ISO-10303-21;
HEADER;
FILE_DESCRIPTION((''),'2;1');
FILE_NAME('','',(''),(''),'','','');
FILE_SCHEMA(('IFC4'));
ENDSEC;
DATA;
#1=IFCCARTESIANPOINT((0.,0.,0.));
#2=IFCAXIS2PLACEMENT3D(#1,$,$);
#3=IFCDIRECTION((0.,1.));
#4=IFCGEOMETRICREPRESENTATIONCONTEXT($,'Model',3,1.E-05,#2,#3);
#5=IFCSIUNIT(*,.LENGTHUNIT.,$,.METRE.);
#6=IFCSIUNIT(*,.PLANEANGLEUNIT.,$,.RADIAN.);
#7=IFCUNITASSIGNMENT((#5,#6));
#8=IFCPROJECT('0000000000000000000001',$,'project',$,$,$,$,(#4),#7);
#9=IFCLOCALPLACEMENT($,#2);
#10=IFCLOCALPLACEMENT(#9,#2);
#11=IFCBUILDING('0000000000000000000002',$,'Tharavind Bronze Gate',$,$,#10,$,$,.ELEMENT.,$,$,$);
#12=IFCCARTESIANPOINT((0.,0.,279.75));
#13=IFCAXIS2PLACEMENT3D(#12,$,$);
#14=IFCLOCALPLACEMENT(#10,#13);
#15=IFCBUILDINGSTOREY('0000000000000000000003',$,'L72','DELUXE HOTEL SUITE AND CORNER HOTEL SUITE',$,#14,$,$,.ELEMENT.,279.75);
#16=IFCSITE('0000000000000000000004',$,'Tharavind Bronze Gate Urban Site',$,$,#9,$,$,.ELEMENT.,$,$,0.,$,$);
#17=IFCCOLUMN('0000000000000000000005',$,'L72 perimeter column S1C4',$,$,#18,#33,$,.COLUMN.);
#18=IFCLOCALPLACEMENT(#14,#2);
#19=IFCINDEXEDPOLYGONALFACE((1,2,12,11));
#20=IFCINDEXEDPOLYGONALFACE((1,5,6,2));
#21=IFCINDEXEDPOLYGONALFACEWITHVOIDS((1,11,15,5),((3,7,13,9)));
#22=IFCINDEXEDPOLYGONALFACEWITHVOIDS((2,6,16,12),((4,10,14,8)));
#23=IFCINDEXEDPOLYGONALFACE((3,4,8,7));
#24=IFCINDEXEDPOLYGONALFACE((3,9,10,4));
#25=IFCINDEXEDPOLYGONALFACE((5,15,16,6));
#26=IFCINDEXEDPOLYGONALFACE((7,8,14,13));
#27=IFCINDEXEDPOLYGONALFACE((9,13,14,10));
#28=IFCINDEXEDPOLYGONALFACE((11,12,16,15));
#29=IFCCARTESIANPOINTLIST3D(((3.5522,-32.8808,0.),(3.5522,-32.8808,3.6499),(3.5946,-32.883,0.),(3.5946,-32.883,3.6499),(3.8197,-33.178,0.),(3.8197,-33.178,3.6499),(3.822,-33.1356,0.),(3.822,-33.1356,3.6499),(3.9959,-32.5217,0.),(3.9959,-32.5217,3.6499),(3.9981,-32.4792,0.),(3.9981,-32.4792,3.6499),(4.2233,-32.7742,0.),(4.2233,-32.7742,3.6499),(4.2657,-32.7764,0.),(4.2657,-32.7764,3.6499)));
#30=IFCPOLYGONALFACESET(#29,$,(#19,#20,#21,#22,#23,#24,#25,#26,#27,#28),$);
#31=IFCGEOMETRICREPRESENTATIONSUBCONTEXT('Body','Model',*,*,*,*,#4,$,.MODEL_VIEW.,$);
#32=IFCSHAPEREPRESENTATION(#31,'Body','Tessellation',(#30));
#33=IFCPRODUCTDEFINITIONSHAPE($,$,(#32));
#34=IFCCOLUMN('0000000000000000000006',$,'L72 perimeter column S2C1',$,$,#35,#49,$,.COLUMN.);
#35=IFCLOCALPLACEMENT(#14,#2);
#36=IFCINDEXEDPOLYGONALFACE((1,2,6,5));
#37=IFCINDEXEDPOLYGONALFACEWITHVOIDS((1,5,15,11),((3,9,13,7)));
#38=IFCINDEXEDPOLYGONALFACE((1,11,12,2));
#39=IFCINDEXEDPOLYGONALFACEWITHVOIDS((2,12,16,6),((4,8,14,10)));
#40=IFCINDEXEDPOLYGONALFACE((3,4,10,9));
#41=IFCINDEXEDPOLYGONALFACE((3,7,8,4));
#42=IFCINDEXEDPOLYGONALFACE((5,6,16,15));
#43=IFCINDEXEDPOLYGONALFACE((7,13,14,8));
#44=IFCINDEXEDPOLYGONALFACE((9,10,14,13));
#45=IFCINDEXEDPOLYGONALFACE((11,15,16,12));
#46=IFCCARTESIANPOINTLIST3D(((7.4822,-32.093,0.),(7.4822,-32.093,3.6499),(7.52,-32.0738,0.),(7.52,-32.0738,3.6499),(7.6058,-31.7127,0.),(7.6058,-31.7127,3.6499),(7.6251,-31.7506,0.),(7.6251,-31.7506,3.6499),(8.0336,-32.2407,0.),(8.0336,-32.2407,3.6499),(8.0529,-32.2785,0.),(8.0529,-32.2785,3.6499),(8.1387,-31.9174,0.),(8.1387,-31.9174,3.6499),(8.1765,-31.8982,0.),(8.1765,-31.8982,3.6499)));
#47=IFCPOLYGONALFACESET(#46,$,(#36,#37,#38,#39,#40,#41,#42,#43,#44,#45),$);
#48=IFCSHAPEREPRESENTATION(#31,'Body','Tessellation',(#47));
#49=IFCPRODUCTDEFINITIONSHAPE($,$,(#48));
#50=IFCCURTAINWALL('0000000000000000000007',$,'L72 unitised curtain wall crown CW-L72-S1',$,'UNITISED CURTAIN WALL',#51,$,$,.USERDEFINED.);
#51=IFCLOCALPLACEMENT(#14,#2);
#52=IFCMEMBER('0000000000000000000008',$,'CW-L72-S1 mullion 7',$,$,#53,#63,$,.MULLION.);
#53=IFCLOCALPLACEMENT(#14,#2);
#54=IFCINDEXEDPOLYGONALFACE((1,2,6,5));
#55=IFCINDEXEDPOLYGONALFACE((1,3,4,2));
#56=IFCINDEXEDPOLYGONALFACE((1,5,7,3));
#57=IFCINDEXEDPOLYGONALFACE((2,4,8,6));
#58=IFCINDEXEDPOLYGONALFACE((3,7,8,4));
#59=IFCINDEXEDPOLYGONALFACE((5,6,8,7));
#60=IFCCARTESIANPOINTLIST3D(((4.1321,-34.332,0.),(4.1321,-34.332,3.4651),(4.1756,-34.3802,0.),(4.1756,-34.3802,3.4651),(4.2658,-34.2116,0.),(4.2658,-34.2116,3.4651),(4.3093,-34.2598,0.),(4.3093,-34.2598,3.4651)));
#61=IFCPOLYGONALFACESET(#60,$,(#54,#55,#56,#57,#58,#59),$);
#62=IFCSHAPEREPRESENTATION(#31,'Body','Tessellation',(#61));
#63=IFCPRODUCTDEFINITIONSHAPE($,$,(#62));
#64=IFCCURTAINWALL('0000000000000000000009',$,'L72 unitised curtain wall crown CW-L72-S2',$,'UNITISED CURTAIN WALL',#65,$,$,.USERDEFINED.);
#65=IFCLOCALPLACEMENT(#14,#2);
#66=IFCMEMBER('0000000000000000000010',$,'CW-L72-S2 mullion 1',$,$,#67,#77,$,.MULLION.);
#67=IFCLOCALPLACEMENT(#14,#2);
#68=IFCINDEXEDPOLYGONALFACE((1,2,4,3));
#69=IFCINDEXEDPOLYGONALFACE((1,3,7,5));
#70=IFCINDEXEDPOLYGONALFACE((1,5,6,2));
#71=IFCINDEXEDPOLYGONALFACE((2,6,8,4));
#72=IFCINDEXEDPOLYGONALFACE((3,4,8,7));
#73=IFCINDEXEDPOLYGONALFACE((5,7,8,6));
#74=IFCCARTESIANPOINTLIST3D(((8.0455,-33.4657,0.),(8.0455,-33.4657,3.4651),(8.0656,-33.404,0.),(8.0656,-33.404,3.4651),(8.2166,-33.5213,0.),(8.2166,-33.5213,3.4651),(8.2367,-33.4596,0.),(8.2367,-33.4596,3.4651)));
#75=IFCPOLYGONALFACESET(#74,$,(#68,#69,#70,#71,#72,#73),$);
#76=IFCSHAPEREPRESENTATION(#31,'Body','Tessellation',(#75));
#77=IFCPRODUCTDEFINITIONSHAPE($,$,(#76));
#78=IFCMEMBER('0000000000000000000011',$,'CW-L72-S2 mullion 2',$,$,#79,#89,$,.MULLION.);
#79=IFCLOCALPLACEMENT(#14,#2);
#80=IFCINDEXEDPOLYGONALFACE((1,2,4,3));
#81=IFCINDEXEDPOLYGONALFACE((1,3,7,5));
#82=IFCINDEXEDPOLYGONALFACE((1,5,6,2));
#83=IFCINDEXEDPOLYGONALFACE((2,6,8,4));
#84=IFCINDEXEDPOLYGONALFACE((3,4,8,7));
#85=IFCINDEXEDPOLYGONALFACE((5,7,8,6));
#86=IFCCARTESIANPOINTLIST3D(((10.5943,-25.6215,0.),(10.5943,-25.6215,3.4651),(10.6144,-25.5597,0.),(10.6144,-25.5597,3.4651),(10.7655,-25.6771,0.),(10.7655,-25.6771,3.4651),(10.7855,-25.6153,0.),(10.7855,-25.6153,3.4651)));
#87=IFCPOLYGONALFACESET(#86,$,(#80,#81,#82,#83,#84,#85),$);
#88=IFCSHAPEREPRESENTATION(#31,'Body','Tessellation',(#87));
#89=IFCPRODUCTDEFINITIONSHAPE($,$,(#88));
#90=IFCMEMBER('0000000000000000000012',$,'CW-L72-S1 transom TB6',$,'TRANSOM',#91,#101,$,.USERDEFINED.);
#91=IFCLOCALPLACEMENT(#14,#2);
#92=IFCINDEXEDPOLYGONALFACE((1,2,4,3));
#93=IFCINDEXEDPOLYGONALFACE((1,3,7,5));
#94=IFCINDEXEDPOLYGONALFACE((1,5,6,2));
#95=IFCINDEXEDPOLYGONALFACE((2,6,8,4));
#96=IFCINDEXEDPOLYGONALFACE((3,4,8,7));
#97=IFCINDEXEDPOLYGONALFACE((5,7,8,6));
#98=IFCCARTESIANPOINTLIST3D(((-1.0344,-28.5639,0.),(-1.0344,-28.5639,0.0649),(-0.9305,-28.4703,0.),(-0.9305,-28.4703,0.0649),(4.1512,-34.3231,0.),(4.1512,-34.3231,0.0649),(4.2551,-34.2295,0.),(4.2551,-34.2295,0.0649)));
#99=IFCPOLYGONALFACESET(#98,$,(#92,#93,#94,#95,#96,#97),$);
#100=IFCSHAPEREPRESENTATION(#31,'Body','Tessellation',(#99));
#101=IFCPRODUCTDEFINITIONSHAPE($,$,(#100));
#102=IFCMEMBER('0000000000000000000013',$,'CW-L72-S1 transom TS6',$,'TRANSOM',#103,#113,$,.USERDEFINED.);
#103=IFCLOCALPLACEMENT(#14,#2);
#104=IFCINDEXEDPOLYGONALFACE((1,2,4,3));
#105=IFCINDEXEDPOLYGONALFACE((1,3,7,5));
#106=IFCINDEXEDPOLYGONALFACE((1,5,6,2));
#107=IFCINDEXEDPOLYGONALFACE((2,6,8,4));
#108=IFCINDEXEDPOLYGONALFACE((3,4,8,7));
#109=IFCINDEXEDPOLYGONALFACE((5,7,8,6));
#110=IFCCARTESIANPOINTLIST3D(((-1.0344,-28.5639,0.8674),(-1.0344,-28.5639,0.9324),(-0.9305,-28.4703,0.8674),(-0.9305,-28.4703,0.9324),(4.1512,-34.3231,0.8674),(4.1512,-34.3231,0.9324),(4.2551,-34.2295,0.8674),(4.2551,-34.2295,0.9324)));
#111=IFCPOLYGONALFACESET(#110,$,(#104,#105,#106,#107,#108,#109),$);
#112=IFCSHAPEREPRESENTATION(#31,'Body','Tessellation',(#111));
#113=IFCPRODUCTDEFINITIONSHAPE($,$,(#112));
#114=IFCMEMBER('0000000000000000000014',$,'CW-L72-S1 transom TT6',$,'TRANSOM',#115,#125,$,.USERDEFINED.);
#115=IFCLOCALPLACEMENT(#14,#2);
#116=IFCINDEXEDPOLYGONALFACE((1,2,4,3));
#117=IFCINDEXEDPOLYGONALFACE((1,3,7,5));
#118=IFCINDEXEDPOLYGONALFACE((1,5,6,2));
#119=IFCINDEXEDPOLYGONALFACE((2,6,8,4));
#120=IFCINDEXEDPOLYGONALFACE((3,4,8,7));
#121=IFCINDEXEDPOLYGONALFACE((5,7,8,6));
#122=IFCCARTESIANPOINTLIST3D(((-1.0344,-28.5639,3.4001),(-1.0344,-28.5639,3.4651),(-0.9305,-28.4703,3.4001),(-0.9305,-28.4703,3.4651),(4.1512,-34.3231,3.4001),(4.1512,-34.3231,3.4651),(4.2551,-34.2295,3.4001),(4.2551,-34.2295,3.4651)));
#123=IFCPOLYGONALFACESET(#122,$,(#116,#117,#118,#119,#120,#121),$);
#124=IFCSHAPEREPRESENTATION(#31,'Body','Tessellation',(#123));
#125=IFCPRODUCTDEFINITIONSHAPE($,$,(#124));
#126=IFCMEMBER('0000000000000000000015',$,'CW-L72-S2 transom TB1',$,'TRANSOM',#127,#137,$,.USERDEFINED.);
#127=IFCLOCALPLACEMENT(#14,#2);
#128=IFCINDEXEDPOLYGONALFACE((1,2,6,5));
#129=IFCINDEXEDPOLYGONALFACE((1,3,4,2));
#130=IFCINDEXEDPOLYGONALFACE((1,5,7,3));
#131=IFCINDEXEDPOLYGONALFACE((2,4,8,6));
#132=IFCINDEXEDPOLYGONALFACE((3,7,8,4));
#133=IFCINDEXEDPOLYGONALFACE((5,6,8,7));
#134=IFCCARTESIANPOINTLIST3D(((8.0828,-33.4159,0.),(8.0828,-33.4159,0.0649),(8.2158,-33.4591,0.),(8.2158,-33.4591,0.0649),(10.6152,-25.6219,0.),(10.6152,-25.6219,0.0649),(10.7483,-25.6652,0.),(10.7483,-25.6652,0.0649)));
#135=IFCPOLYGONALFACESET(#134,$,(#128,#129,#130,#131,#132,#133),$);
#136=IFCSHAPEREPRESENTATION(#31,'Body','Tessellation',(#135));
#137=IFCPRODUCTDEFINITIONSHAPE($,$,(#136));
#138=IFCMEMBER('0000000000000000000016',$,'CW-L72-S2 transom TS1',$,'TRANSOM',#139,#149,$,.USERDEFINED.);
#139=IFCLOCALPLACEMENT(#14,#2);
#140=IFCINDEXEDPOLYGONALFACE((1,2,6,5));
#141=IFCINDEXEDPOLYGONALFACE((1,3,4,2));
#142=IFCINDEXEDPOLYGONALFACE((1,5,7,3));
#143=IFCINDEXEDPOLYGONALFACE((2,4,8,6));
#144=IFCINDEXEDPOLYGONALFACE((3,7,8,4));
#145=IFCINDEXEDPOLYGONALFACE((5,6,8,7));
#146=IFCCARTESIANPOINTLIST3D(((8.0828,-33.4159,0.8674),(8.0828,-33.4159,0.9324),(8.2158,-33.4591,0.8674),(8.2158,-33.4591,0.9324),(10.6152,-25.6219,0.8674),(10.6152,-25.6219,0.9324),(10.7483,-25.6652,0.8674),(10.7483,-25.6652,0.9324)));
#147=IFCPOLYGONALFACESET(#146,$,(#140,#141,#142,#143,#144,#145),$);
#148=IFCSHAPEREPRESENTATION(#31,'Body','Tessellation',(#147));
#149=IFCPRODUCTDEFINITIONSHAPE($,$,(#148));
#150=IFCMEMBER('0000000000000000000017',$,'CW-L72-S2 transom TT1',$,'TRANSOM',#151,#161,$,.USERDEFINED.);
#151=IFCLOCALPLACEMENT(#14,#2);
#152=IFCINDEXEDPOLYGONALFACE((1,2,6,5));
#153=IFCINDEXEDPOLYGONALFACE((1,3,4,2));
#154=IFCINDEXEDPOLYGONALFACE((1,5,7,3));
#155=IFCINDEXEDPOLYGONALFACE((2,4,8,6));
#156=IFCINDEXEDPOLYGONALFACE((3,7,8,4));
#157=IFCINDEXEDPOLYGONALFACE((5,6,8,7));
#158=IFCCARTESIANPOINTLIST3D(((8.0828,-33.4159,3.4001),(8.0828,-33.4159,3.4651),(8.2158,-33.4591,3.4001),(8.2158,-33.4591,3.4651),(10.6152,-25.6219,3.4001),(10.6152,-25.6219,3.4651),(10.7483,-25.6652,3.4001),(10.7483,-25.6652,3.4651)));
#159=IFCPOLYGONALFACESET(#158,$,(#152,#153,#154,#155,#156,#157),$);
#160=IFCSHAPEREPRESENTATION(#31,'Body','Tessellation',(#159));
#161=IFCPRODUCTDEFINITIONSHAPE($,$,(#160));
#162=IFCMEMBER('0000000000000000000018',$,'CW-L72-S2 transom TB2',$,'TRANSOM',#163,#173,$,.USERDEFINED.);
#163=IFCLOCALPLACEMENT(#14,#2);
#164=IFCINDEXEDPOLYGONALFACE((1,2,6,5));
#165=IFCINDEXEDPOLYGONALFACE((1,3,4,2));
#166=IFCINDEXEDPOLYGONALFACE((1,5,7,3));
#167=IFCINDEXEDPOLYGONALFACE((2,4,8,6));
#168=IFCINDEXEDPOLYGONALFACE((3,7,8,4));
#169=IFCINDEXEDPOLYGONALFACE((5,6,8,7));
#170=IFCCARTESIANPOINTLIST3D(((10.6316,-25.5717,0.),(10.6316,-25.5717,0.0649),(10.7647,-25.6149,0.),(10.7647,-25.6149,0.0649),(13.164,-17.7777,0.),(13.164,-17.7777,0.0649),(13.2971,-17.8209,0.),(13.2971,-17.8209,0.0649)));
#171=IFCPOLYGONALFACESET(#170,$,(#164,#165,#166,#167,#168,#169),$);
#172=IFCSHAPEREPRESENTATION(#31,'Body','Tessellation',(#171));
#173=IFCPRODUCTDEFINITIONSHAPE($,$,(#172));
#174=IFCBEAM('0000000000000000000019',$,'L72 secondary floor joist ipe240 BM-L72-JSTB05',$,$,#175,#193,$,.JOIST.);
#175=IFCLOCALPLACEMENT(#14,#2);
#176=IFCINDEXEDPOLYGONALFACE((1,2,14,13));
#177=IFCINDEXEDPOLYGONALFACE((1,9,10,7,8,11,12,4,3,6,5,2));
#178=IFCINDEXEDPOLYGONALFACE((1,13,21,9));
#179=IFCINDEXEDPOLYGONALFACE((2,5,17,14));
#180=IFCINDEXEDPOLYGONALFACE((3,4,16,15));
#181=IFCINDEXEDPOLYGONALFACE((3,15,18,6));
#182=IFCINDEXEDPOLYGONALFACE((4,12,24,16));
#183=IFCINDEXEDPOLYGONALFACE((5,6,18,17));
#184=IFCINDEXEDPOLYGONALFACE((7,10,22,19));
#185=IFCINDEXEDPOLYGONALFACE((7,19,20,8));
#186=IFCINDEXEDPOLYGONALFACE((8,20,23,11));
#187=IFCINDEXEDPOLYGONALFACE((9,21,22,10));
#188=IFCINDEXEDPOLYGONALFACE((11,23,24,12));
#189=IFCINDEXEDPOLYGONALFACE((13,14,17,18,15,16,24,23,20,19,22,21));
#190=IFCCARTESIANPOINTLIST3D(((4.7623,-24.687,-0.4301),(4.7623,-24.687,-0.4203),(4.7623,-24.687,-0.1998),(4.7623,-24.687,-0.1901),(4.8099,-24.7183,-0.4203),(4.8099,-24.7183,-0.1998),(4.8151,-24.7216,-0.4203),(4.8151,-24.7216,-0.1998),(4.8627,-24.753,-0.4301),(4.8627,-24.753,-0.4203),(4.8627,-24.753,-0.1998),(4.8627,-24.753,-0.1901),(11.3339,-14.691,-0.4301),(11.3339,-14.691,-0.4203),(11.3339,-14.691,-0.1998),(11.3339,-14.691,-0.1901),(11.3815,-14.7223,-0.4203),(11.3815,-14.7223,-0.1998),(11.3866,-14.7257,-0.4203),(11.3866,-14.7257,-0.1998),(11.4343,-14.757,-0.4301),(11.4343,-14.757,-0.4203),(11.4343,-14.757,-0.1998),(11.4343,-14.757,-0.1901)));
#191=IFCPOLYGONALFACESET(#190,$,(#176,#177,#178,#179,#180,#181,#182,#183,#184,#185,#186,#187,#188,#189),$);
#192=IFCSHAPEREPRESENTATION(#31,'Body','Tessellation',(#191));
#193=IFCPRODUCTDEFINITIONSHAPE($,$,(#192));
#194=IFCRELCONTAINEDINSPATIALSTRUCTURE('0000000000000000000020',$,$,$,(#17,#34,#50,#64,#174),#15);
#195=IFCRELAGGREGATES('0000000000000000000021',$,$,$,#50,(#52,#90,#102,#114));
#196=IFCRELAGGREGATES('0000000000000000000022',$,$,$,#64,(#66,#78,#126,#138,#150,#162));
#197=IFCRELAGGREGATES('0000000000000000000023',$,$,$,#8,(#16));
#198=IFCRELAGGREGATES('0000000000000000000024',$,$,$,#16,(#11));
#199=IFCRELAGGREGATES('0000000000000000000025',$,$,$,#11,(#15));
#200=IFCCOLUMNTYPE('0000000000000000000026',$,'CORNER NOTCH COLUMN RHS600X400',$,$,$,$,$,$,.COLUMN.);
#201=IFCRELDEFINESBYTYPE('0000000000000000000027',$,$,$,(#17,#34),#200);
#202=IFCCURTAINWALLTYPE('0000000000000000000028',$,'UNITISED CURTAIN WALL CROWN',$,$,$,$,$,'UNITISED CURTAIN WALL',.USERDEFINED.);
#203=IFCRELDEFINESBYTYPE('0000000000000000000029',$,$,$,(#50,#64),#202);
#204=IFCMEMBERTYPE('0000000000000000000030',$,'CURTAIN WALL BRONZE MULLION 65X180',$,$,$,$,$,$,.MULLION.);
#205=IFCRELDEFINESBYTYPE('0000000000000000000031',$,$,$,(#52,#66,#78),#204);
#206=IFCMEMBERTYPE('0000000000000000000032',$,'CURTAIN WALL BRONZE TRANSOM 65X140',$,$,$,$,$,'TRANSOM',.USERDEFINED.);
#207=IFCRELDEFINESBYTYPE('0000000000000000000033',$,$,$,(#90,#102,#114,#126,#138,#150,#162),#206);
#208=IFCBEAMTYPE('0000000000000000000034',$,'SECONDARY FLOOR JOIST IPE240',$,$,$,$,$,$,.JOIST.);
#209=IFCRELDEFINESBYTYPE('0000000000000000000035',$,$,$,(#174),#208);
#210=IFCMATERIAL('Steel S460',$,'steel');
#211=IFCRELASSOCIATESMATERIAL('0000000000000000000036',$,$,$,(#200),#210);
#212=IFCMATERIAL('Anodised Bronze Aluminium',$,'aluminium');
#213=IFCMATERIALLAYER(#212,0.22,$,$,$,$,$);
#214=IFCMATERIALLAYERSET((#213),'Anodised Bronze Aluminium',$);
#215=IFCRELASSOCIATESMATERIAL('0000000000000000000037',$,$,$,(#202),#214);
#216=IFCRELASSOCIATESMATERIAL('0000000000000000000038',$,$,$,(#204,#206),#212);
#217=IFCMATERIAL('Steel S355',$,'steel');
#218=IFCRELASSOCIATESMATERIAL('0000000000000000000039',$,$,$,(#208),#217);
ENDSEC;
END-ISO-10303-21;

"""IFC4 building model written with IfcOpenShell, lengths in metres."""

from ifc_helpers import new_model, si_unit, direction, frame, origin, origin_2d, place, context, subcontext, project, spatial, rectangle, hollow_rectangle, i_section, extrude, material, layer, layer_set, material_profile, profile_set, type_object, element, aggregate, save


model = new_model("IFC4")

# Units and contexts
model_context = context("Model", 3, precision=1e-05, world=origin(), true_north=direction((0.0, 1.0)))
body_context = subcontext(model_context, "Body", "Model", "MODEL_VIEW")
ifc_project = project(units=[si_unit("LENGTHUNIT", "METRE"), si_unit("PLANEANGLEUNIT", "RADIAN")], contexts=[model_context])

# Site, building, storey
site_placement = place(None, origin())
site = spatial("IfcSite", under=ifc_project, at=site_placement, Name="Tharavind Bronze Gate Urban Site", CompositionType="ELEMENT", RefElevation=0.0)
building_placement = place(site_placement, origin())
building = spatial("IfcBuilding", under=site, at=building_placement, Name="Tharavind Bronze Gate", CompositionType="ELEMENT")
storey_placement = place(building_placement, frame((0.0, 0.0, 279.75)))
storey = spatial("IfcBuildingStorey", under=building, at=storey_placement, Name="L72", Description="DELUXE HOTEL SUITE AND CORNER HOTEL SUITE", CompositionType="ELEMENT", Elevation=279.75)

# Columns
ifc_material_1 = material(Name="Steel S460", Category="steel")
ifc_material_profile_1 = material_profile(ifc_material_1, hollow_rectangle(XDim=0.3999, YDim=0.6001, WallThickness=0.03, at=origin_2d()), Name="RHS600X400X30")
ifc_profile_set_1 = profile_set([ifc_material_profile_1], Name="Steel S460")
column_type = type_object("IfcColumnType", Name="CORNER NOTCH COLUMN RHS600X400", PredefinedType="COLUMN", material=ifc_profile_set_1)
for number, where, z_axis, x_axis, name in (
    (1, (3.9089, -32.8286, 0.0), (0.0, 0.0, 1.0), (-0.669131, 0.743145, 0.0), "L72 perimeter column S1C4"),
    (2, (7.8293, -31.9956, 0.0), (0.0, 0.0, 1.0), (0.309019, 0.951056, 0.0), "L72 perimeter column S2C1"),
):
    element("IfcColumn", number, at=place(storey_placement, frame(where, z_axis=z_axis, x_axis=x_axis)), inside=storey, type_object=column_type, Name=name, PredefinedType="COLUMN", context=body_context, shape_type="SweptSolid", body=[
        extrude(hollow_rectangle(XDim=0.3999, YDim=0.6001, WallThickness=0.03, at=origin_2d()), origin(), (0.0, 0.0, 1.0), 3.6499),
    ])

# Curtain wall, member
ifc_material_2 = material(Name="Anodised Bronze Aluminium", Category="aluminium")
ifc_layer_1 = layer(ifc_material_2, 0.22)
ifc_layer_set_1 = layer_set([ifc_layer_1], Name="Anodised Bronze Aluminium")
curtain_wall_type = type_object("IfcCurtainWallType", Name="UNITISED CURTAIN WALL CROWN", ElementType="UNITISED CURTAIN WALL", PredefinedType="USERDEFINED", material=ifc_layer_set_1)
curtain_wall_1_placement = place(storey_placement, origin())
curtain_wall_1 = element("IfcCurtainWall", 3, at=curtain_wall_1_placement, inside=storey, type_object=curtain_wall_type, Name="L72 unitised curtain wall crown CW-L72-S1", ObjectType="UNITISED CURTAIN WALL", PredefinedType="USERDEFINED")
member_type_1 = type_object("IfcMemberType", Name="CURTAIN WALL BRONZE MULLION 65X180", PredefinedType="MULLION", material=ifc_material_2)
member_1_placement = place(storey_placement, frame((4.2207, -34.2959, 0.0), z_axis=(0.0, 0.0, 1.0), x_axis=(0.669131, -0.743145, 0.0)))
member_1 = element("IfcMember", 4, at=member_1_placement, type_object=member_type_1, Name="CW-L72-S1 mullion 7", PredefinedType="MULLION", context=body_context, shape_type="SweptSolid", body=[
    extrude(rectangle(XDim=0.0649, YDim=0.1799, at=origin_2d()), origin(), (0.0, 0.0, 1.0), 3.4651),
])

# Curtain wall, members
curtain_wall_2_placement = place(storey_placement, origin())
curtain_wall_2 = element("IfcCurtainWall", 5, at=curtain_wall_2_placement, inside=storey, type_object=curtain_wall_type, Name="L72 unitised curtain wall crown CW-L72-S2", ObjectType="UNITISED CURTAIN WALL", PredefinedType="USERDEFINED")
member_2_placement = place(storey_placement, frame((8.1411, -33.4626, 0.0), z_axis=(0.0, 0.0, 1.0), x_axis=(0.309017, 0.951057, 0.0)))
member_2 = element("IfcMember", 6, at=member_2_placement, type_object=member_type_1, Name="CW-L72-S2 mullion 1", PredefinedType="MULLION", context=body_context, shape_type="SweptSolid", body=[
    extrude(rectangle(XDim=0.0649, YDim=0.1799, at=origin_2d()), origin(), (0.0, 0.0, 1.0), 3.4651),
])
member_3_placement = place(storey_placement, frame((10.6899, -25.6184, 0.0), z_axis=(0.0, 0.0, 1.0), x_axis=(0.309017, 0.951057, 0.0)))
member_3 = element("IfcMember", 7, at=member_3_placement, type_object=member_type_1, Name="CW-L72-S2 mullion 2", PredefinedType="MULLION", context=body_context, shape_type="SweptSolid", body=[
    extrude(rectangle(XDim=0.0649, YDim=0.1799, at=origin_2d()), origin(), (0.0, 0.0, 1.0), 3.4651),
])

# Members
member_type_2 = type_object("IfcMemberType", Name="CURTAIN WALL BRONZE TRANSOM 65X140", ElementType="TRANSOM", PredefinedType="USERDEFINED", material=ifc_material_2)
member_4_placement = place(storey_placement, frame((1.6104, -31.3967, 0.0), z_axis=(0.0, 0.0, 1.0), x_axis=(0.669131, -0.743145, 0.0)))
member_4 = element("IfcMember", 8, at=member_4_placement, type_object=member_type_2, Name="CW-L72-S1 transom TB6", ObjectType="TRANSOM", PredefinedType="USERDEFINED", context=body_context, shape_type="SweptSolid", body=[
    extrude(rectangle(XDim=7.7498, YDim=0.1399, at=origin_2d()), origin(), (0.0, 0.0, 1.0), 0.0649),
])
member_5_placement = place(storey_placement, frame((1.6104, -31.3967, 0.8674), z_axis=(0.0, 0.0, 1.0), x_axis=(0.669131, -0.743145, 0.0)))
member_5 = element("IfcMember", 9, at=member_5_placement, type_object=member_type_2, Name="CW-L72-S1 transom TS6", ObjectType="TRANSOM", PredefinedType="USERDEFINED", context=body_context, shape_type="SweptSolid", body=[
    extrude(rectangle(XDim=7.7498, YDim=0.1399, at=origin_2d()), origin(), (0.0, 0.0, 1.0), 0.0649),
])
member_6_placement = place(storey_placement, frame((1.6104, -31.3967, 3.4001), z_axis=(0.0, 0.0, 1.0), x_axis=(0.669131, -0.743145, 0.0)))
member_6 = element("IfcMember", 10, at=member_6_placement, type_object=member_type_2, Name="CW-L72-S1 transom TT6", ObjectType="TRANSOM", PredefinedType="USERDEFINED", context=body_context, shape_type="SweptSolid", body=[
    extrude(rectangle(XDim=7.7498, YDim=0.1399, at=origin_2d()), origin(), (0.0, 0.0, 1.0), 0.0649),
])
member_7_placement = place(storey_placement, frame((9.4155, -29.5405, 0.0), z_axis=(0.0, 0.0, 1.0), x_axis=(0.309017, 0.951057, 0.0)))
member_7 = element("IfcMember", 11, at=member_7_placement, type_object=member_type_2, Name="CW-L72-S2 transom TB1", ObjectType="TRANSOM", PredefinedType="USERDEFINED", context=body_context, shape_type="SweptSolid", body=[
    extrude(rectangle(XDim=8.1951, YDim=0.1399, at=origin_2d()), origin(), (0.0, 0.0, 1.0), 0.0649),
])
member_8_placement = place(storey_placement, frame((9.4155, -29.5405, 0.8674), z_axis=(0.0, 0.0, 1.0), x_axis=(0.309017, 0.951057, 0.0)))
member_8 = element("IfcMember", 12, at=member_8_placement, type_object=member_type_2, Name="CW-L72-S2 transom TS1", ObjectType="TRANSOM", PredefinedType="USERDEFINED", context=body_context, shape_type="SweptSolid", body=[
    extrude(rectangle(XDim=8.1951, YDim=0.1399, at=origin_2d()), origin(), (0.0, 0.0, 1.0), 0.0649),
])
member_9_placement = place(storey_placement, frame((9.4155, -29.5405, 3.4001), z_axis=(0.0, 0.0, 1.0), x_axis=(0.309017, 0.951057, 0.0)))
member_9 = element("IfcMember", 13, at=member_9_placement, type_object=member_type_2, Name="CW-L72-S2 transom TT1", ObjectType="TRANSOM", PredefinedType="USERDEFINED", context=body_context, shape_type="SweptSolid", body=[
    extrude(rectangle(XDim=8.1951, YDim=0.1399, at=origin_2d()), origin(), (0.0, 0.0, 1.0), 0.0649),
])
member_10_placement = place(storey_placement, frame((11.9644, -21.6963, 0.0), z_axis=(0.0, 0.0, 1.0), x_axis=(0.309017, 0.951057, 0.0)))
member_10 = element("IfcMember", 14, at=member_10_placement, type_object=member_type_2, Name="CW-L72-S2 transom TB2", ObjectType="TRANSOM", PredefinedType="USERDEFINED", context=body_context, shape_type="SweptSolid", body=[
    extrude(rectangle(XDim=8.1951, YDim=0.1399, at=origin_2d()), origin(), (0.0, 0.0, 1.0), 0.0649),
])

# Beam
ifc_material_3 = material(Name="Steel S355", Category="steel")
ifc_material_profile_2 = material_profile(ifc_material_3, i_section(OverallWidth=0.1201, OverallDepth=0.24, WebThickness=0.0061, FlangeThickness=0.0098, at=origin_2d()), Name="IPE240")
ifc_profile_set_2 = profile_set([ifc_material_profile_2], Name="Steel S355")
beam_type_1 = type_object("IfcBeamType", Name="SECONDARY FLOOR JOIST IPE240", PredefinedType="JOIST", material=ifc_profile_set_2)
beam_1_placement = place(storey_placement, frame((4.8125, -24.72, -0.3101), z_axis=(0.549343, 0.835597, 0.0), x_axis=(-0.835597, 0.549343, 0.0)))
element("IfcBeam", 15, at=beam_1_placement, inside=storey, type_object=beam_type_1, Name="L72 secondary floor joist ipe240 BM-L72-JSTB05", PredefinedType="JOIST", context=body_context, shape_type="SweptSolid", body=[
    extrude(i_section(OverallWidth=0.1201, OverallDepth=0.24, WebThickness=0.0061, FlangeThickness=0.0098, at=origin_2d()), origin(), (0.0, 0.0, 1.0), 11.9626),
])

aggregate(curtain_wall_1, [member_1, member_4, member_5, member_6])
aggregate(curtain_wall_2, [member_2, member_3, member_7, member_8, member_9, member_10])

save(model, "model.ifc")
